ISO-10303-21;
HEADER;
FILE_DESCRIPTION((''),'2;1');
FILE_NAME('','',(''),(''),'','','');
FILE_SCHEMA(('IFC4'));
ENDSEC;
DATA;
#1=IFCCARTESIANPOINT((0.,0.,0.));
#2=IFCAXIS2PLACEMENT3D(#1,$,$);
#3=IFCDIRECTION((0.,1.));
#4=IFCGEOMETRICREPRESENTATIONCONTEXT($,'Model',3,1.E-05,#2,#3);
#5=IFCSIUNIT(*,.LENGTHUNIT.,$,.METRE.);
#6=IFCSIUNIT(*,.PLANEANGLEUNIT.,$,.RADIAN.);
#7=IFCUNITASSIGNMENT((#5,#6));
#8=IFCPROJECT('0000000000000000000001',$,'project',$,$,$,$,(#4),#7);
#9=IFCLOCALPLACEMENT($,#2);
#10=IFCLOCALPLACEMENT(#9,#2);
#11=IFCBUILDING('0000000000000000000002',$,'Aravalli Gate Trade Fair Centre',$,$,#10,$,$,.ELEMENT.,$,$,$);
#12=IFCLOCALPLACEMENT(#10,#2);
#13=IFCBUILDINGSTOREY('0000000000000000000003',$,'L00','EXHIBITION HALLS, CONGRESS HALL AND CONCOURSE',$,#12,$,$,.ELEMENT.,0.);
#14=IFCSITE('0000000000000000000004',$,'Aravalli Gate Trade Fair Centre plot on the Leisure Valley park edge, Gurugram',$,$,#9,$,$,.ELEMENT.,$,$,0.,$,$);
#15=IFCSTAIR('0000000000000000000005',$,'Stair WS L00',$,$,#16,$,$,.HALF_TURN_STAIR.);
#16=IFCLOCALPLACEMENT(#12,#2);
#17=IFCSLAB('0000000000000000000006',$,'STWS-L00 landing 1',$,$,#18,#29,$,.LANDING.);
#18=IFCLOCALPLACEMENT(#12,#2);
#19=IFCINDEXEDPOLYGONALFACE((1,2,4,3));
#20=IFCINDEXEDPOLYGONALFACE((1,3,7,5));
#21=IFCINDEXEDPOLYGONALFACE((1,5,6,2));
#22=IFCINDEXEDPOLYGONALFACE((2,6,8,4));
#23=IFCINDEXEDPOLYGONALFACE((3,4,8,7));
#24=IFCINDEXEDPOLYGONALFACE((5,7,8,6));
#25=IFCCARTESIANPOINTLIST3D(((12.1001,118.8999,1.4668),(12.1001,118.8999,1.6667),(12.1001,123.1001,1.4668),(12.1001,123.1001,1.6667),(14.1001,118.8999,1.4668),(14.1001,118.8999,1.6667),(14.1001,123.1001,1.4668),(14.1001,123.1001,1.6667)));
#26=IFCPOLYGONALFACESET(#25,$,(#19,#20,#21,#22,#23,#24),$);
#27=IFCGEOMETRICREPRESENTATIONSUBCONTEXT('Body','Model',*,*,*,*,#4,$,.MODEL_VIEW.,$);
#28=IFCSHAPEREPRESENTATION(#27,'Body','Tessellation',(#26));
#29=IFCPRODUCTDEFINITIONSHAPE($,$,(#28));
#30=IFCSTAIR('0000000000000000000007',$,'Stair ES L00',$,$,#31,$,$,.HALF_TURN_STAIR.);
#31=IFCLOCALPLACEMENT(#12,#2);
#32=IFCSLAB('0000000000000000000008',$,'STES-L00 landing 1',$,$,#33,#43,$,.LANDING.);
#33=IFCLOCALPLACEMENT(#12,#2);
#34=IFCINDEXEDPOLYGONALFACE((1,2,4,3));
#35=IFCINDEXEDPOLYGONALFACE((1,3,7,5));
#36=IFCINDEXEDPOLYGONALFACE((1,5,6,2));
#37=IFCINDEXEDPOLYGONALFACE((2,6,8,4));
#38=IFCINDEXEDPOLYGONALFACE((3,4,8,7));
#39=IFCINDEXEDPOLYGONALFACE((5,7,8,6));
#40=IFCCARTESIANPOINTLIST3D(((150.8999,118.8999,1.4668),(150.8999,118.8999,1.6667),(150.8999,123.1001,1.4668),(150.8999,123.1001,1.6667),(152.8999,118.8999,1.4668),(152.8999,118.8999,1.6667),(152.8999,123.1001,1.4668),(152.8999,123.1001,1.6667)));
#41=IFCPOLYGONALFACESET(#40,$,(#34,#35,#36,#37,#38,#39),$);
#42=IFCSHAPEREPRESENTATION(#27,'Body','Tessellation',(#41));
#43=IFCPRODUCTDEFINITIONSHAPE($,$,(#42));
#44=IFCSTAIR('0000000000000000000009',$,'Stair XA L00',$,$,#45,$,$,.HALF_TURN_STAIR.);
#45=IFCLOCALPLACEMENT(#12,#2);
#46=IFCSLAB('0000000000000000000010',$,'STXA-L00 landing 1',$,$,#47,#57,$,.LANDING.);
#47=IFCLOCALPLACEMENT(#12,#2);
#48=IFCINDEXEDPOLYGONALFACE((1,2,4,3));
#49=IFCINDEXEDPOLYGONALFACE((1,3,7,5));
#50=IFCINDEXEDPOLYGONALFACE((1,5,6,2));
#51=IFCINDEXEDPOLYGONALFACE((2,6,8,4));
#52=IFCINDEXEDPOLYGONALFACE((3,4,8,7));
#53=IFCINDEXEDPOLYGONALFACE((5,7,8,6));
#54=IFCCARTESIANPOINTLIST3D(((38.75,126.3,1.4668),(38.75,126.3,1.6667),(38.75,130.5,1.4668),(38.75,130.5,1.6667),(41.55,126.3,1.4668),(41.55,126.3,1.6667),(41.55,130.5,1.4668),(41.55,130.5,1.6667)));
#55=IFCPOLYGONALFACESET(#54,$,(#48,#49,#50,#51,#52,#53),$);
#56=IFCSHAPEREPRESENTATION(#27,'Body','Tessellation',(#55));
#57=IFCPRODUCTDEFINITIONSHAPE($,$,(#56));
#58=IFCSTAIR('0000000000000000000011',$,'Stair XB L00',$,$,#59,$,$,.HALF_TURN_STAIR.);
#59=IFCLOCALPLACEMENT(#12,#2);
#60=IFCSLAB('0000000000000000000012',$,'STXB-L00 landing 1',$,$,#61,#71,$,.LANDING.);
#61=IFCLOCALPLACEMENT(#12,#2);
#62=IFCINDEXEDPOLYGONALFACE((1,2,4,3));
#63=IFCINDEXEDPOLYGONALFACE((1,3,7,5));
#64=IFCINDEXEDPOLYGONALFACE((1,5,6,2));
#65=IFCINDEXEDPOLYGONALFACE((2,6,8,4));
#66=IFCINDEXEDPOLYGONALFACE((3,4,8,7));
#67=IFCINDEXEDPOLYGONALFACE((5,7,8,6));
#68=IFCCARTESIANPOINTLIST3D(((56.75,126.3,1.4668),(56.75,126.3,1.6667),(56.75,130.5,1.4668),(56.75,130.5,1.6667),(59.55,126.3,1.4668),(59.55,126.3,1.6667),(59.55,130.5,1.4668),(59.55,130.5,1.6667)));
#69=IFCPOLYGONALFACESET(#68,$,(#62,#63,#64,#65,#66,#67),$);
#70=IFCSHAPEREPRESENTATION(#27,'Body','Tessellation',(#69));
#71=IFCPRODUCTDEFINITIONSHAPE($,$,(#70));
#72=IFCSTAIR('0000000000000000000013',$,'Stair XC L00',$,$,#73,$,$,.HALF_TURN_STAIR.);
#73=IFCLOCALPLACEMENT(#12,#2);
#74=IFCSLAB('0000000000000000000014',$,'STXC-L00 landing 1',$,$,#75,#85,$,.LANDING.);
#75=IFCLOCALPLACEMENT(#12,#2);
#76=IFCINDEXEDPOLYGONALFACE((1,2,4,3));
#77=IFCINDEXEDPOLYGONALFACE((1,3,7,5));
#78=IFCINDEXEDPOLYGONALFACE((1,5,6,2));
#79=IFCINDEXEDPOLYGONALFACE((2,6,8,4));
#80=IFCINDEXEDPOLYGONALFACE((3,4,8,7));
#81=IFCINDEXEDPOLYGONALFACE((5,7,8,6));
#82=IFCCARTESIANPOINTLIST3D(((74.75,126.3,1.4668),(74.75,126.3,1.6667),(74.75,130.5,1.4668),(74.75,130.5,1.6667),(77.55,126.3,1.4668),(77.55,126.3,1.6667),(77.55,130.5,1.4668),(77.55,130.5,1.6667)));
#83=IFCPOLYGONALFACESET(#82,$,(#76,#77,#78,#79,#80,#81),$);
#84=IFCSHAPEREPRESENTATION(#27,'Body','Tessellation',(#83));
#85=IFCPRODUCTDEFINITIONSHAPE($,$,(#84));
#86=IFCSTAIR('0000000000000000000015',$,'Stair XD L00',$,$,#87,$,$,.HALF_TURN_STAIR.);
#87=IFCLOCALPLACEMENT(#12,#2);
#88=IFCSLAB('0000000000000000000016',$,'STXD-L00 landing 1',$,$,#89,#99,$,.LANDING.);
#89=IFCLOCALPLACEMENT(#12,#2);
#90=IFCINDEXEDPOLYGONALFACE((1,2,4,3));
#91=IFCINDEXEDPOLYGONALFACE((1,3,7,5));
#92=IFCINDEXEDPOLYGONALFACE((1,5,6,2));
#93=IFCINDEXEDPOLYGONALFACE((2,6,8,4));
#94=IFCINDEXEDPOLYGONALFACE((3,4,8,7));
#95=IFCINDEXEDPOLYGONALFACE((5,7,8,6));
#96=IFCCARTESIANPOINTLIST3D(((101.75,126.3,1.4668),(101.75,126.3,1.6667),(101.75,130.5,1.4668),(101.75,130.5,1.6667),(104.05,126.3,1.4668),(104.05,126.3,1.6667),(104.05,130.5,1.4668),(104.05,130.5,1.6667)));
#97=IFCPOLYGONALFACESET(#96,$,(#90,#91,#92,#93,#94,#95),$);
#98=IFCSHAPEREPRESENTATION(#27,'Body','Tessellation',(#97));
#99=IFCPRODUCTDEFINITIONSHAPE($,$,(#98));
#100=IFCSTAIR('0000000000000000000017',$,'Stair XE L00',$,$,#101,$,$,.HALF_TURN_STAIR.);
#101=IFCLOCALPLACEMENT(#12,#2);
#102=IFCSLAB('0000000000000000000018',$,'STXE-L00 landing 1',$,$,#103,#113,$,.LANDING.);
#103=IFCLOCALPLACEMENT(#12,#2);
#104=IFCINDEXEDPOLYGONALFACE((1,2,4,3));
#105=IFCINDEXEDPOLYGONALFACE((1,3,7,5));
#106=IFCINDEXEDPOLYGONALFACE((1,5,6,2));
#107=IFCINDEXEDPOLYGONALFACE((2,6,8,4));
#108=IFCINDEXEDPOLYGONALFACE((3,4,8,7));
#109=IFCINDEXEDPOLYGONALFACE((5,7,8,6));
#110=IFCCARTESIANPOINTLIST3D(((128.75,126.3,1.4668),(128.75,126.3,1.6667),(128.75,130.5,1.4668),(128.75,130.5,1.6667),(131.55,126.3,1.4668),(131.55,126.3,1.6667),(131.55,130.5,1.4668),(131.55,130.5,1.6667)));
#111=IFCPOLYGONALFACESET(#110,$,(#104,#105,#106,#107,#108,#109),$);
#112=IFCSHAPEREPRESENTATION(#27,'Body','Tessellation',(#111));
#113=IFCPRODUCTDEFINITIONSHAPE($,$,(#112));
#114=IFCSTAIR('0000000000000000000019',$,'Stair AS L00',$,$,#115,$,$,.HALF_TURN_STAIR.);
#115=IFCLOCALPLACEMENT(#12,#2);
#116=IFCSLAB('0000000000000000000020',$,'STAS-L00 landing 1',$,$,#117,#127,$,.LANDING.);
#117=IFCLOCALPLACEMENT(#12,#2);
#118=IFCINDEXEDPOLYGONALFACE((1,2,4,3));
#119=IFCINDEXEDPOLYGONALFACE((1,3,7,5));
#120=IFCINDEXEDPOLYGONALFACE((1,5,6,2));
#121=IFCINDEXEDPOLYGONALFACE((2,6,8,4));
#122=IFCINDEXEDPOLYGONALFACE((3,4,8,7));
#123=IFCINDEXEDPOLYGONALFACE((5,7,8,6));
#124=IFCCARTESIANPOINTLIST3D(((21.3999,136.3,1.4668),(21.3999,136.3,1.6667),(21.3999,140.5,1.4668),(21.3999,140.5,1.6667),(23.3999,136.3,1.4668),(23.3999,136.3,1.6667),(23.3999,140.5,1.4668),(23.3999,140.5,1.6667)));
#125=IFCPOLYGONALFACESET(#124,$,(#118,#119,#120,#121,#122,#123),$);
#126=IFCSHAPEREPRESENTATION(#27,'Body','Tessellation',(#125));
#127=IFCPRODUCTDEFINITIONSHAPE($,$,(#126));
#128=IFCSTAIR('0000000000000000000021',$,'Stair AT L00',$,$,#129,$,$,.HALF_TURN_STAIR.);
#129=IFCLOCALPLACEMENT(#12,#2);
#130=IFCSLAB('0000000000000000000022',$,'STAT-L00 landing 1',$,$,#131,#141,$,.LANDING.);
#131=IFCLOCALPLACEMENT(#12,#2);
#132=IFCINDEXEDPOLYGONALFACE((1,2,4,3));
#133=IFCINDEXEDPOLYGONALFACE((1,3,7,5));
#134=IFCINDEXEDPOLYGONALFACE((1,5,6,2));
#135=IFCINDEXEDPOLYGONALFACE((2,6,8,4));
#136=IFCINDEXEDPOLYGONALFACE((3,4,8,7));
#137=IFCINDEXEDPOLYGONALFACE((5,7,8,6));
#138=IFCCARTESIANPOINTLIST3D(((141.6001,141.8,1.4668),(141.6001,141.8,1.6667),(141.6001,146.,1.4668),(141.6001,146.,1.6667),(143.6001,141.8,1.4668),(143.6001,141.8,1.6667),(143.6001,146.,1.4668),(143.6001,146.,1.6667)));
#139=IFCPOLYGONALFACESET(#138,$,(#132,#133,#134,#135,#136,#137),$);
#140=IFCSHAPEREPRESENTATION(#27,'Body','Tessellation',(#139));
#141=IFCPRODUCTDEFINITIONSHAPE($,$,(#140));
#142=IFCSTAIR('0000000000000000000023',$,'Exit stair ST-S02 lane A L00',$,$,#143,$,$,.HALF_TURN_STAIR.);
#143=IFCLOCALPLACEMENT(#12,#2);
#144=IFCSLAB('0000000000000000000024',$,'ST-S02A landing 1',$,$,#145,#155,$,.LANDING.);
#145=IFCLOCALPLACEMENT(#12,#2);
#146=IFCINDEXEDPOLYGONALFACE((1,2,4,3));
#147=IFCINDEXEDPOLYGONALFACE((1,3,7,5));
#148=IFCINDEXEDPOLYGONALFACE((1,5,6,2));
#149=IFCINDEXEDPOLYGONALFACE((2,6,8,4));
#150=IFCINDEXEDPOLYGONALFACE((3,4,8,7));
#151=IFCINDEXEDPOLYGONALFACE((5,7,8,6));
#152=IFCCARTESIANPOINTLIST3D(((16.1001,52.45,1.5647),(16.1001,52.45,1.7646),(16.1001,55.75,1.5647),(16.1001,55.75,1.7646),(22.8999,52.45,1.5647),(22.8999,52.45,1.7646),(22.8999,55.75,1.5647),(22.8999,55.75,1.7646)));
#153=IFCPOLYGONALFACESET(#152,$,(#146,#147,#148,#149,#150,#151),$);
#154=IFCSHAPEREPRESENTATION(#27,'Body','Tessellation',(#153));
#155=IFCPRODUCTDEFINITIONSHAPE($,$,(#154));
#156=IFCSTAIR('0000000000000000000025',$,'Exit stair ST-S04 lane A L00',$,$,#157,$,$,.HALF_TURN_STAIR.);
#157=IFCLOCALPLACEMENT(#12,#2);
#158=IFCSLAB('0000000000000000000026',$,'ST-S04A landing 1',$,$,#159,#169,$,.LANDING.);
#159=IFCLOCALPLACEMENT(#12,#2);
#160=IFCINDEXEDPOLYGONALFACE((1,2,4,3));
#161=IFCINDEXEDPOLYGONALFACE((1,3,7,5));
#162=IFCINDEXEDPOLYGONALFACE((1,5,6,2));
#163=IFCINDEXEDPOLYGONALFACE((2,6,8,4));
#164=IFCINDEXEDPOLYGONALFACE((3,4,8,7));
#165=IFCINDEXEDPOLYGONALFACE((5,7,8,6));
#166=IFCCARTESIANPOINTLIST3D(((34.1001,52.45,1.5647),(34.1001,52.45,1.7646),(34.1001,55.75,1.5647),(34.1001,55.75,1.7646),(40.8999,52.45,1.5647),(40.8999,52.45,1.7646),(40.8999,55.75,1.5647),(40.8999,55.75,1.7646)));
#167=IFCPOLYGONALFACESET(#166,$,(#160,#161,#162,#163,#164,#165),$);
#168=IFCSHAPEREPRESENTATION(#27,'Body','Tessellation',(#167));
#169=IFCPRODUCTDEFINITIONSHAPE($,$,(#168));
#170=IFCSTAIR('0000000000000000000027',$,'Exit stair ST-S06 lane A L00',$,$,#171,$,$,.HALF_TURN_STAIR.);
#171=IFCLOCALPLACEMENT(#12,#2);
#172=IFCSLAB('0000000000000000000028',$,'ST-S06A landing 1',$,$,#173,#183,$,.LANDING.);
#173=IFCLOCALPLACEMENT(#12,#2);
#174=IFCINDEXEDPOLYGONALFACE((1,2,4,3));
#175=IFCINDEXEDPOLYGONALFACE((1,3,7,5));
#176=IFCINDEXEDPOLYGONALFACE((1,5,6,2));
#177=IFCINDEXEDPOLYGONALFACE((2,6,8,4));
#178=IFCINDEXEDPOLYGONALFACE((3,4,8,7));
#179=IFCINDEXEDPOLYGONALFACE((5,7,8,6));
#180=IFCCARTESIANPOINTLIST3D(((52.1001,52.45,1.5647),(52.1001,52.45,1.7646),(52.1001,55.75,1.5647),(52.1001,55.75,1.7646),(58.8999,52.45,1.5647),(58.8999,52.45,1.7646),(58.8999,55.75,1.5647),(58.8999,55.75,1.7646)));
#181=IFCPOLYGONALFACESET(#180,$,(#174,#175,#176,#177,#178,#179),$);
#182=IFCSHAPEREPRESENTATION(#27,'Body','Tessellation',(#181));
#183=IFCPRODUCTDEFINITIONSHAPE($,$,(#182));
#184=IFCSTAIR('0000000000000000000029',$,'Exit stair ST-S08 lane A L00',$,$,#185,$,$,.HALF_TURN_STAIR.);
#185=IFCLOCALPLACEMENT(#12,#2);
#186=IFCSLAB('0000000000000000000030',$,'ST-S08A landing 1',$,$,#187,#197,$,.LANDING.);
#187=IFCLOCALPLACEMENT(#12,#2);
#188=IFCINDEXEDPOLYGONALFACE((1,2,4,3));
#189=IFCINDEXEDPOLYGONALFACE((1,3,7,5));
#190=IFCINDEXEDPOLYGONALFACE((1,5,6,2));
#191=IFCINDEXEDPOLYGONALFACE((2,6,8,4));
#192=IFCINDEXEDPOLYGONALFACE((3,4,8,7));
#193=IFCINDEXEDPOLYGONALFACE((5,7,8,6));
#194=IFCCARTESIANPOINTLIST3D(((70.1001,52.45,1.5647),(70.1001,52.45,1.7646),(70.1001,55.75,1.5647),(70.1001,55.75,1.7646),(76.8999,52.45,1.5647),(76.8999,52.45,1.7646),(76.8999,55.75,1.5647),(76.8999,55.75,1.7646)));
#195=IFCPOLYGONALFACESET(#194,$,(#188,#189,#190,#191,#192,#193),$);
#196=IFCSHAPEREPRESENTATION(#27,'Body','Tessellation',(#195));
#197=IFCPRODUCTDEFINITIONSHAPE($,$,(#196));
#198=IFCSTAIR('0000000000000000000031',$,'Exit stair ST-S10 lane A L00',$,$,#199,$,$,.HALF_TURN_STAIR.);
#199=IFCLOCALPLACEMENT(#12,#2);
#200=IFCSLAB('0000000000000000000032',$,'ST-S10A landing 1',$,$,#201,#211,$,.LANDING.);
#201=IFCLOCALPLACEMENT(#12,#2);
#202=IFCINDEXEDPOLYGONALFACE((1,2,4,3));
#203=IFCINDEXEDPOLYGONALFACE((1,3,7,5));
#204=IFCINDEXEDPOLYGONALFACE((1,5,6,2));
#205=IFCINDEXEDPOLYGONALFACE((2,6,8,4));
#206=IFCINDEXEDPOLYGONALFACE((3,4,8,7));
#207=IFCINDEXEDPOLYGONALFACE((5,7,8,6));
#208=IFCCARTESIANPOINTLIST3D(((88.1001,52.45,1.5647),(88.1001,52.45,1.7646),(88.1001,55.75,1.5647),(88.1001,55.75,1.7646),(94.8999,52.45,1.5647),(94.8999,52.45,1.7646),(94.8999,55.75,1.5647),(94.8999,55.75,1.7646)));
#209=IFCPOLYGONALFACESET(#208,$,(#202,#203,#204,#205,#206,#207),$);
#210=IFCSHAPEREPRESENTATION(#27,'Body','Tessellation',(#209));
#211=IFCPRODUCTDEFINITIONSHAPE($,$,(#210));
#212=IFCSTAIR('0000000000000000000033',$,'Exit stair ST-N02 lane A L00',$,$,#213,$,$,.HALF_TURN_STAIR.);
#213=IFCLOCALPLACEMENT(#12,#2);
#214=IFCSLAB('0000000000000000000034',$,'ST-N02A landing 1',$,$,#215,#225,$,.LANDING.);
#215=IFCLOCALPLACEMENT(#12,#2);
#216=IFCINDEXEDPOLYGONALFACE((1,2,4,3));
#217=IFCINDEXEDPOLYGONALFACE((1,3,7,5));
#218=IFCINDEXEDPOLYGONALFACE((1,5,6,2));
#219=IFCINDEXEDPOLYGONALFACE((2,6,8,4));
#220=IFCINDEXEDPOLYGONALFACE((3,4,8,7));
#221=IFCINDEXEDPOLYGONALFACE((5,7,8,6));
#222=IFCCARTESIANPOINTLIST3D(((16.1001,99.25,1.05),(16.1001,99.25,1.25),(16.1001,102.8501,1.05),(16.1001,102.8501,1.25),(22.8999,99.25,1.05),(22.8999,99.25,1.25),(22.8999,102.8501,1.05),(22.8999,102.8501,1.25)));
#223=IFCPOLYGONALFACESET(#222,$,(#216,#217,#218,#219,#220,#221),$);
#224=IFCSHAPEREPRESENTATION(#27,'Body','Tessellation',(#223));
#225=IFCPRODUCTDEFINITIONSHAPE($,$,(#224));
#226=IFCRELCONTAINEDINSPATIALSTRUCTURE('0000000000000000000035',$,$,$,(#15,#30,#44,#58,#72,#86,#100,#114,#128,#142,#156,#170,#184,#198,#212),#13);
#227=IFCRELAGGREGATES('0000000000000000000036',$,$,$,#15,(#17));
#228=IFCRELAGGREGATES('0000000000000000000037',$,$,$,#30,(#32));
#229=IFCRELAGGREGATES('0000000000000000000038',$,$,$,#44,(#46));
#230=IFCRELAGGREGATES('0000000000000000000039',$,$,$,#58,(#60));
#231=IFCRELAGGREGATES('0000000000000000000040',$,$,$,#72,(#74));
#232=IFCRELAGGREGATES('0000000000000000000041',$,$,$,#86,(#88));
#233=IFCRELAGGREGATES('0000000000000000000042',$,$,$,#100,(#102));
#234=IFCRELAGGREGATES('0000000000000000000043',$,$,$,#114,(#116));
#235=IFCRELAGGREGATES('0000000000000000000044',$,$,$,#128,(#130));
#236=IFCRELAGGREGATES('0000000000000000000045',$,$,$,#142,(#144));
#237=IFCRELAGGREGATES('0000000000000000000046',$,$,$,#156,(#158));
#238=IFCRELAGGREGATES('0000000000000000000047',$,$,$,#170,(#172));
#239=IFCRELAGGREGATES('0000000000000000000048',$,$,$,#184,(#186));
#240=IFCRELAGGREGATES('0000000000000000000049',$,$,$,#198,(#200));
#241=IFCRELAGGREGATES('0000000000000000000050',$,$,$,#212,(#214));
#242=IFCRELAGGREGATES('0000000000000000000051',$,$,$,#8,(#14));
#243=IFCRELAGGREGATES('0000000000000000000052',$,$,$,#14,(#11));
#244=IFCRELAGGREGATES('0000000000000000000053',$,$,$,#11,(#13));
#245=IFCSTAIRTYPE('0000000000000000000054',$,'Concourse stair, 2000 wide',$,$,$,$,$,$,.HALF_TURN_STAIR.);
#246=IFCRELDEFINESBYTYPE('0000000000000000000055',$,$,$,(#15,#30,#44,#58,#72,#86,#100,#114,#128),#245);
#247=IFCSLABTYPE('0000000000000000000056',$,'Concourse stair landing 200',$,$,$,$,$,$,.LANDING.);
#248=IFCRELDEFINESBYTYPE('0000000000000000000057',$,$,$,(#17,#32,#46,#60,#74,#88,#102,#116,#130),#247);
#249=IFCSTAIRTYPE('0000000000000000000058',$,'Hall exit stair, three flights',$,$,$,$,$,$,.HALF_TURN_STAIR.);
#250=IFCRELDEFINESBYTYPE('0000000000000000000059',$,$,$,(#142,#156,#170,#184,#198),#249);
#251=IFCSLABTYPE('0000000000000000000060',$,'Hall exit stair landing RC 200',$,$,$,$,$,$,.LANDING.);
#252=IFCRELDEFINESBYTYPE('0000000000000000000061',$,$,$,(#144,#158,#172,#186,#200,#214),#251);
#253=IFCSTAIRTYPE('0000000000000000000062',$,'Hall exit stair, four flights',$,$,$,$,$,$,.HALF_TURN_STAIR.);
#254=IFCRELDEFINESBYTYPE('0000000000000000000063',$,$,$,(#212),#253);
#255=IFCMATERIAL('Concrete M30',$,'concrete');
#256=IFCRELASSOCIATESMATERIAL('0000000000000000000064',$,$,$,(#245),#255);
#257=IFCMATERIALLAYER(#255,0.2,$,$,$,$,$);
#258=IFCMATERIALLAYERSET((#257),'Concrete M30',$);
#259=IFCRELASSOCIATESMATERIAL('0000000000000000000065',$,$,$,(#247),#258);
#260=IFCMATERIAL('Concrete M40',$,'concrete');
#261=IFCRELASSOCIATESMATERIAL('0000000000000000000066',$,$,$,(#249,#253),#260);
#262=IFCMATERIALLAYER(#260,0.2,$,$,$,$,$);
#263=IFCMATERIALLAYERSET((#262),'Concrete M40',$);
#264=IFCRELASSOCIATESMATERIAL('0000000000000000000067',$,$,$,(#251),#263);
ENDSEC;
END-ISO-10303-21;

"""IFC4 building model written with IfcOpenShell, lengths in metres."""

from ifc_helpers import new_model, si_unit, direction, frame, origin, place, context, subcontext, project, spatial, polyline, outline, extrude, material, layer, layer_set, type_object, element, aggregate, save


model = new_model("IFC4")

# Units and contexts
model_context = context("Model", 3, precision=1e-05, world=origin(), true_north=direction((0.0, 1.0)))
body_context = subcontext(model_context, "Body", "Model", "MODEL_VIEW")
ifc_project = project(units=[si_unit("LENGTHUNIT", "METRE"), si_unit("PLANEANGLEUNIT", "RADIAN")], contexts=[model_context])

# Site, building, storey
site_placement = place(None, origin())
site = spatial("IfcSite", under=ifc_project, at=site_placement, Name="Aravalli Gate Trade Fair Centre plot on the Leisure Valley park edge, Gurugram", CompositionType="ELEMENT", RefElevation=0.0)
building_placement = place(site_placement, origin())
building = spatial("IfcBuilding", under=site, at=building_placement, Name="Aravalli Gate Trade Fair Centre", CompositionType="ELEMENT")
storey_placement = place(building_placement, origin())
storey = spatial("IfcBuildingStorey", under=building, at=storey_placement, Name="L00", Description="EXHIBITION HALLS, CONGRESS HALL AND CONCOURSE", CompositionType="ELEMENT", Elevation=0.0)

# Stairs, slabs
ifc_material_1 = material(Name="Concrete M30", Category="concrete")
stair_type_1 = type_object("IfcStairType", Name="Concourse stair, 2000 wide", PredefinedType="HALF_TURN_STAIR", material=ifc_material_1)
stair_1_placement = place(storey_placement, origin())
stair_1 = element("IfcStair", 1, at=stair_1_placement, inside=storey, type_object=stair_type_1, Name="Stair WS L00", PredefinedType="HALF_TURN_STAIR")
ifc_layer_1 = layer(ifc_material_1, 0.2)
ifc_layer_set_1 = layer_set([ifc_layer_1], Name="Concrete M30")
slab_type_1 = type_object("IfcSlabType", Name="Concourse stair landing 200", PredefinedType="LANDING", material=ifc_layer_set_1)
slab_1_placement = place(storey_placement, frame((0.0, 0.0, 1.4668)))
slab_1 = element("IfcSlab", 2, at=slab_1_placement, type_object=slab_type_1, Name="STWS-L00 landing 1", PredefinedType="LANDING", context=body_context, shape_type="SweptSolid", body=[
    extrude(outline(polyline([(12.1001, 118.8999), (14.1001, 118.8999), (14.1001, 123.1001), (12.1001, 123.1001), (12.1001, 118.8999)])), origin(), (0.0, 0.0, 1.0), 0.2),
])
aggregate(stair_1, [slab_1])
stair_2_placement = place(storey_placement, origin())
stair_2 = element("IfcStair", 3, at=stair_2_placement, inside=storey, type_object=stair_type_1, Name="Stair ES L00", PredefinedType="HALF_TURN_STAIR")
slab_2_placement = place(storey_placement, frame((0.0, 0.0, 1.4668)))
slab_2 = element("IfcSlab", 4, at=slab_2_placement, type_object=slab_type_1, Name="STES-L00 landing 1", PredefinedType="LANDING", context=body_context, shape_type="SweptSolid", body=[
    extrude(outline(polyline([(150.8999, 118.8999), (152.8999, 118.8999), (152.8999, 123.1001), (150.8999, 123.1001), (150.8999, 118.8999)])), origin(), (0.0, 0.0, 1.0), 0.2),
])
aggregate(stair_2, [slab_2])
stair_3_placement = place(storey_placement, origin())
stair_3 = element("IfcStair", 5, at=stair_3_placement, inside=storey, type_object=stair_type_1, Name="Stair XA L00", PredefinedType="HALF_TURN_STAIR")
slab_3_placement = place(storey_placement, frame((0.0, 0.0, 1.4668)))
slab_3 = element("IfcSlab", 6, at=slab_3_placement, type_object=slab_type_1, Name="STXA-L00 landing 1", PredefinedType="LANDING", context=body_context, shape_type="SweptSolid", body=[
    extrude(outline(polyline([(38.75, 126.3), (41.55, 126.3), (41.55, 130.5), (38.75, 130.5), (38.75, 126.3)])), origin(), (0.0, 0.0, 1.0), 0.2),
])
aggregate(stair_3, [slab_3])
stair_4_placement = place(storey_placement, origin())
stair_4 = element("IfcStair", 7, at=stair_4_placement, inside=storey, type_object=stair_type_1, Name="Stair XB L00", PredefinedType="HALF_TURN_STAIR")
slab_4_placement = place(storey_placement, frame((0.0, 0.0, 1.4668)))
slab_4 = element("IfcSlab", 8, at=slab_4_placement, type_object=slab_type_1, Name="STXB-L00 landing 1", PredefinedType="LANDING", context=body_context, shape_type="SweptSolid", body=[
    extrude(outline(polyline([(56.75, 126.3), (59.55, 126.3), (59.55, 130.5), (56.75, 130.5), (56.75, 126.3)])), origin(), (0.0, 0.0, 1.0), 0.2),
])
aggregate(stair_4, [slab_4])
stair_5_placement = place(storey_placement, origin())
stair_5 = element("IfcStair", 9, at=stair_5_placement, inside=storey, type_object=stair_type_1, Name="Stair XC L00", PredefinedType="HALF_TURN_STAIR")
slab_5_placement = place(storey_placement, frame((0.0, 0.0, 1.4668)))
slab_5 = element("IfcSlab", 10, at=slab_5_placement, type_object=slab_type_1, Name="STXC-L00 landing 1", PredefinedType="LANDING", context=body_context, shape_type="SweptSolid", body=[
    extrude(outline(polyline([(74.75, 126.3), (77.55, 126.3), (77.55, 130.5), (74.75, 130.5), (74.75, 126.3)])), origin(), (0.0, 0.0, 1.0), 0.2),
])
aggregate(stair_5, [slab_5])
stair_6_placement = place(storey_placement, origin())
stair_6 = element("IfcStair", 11, at=stair_6_placement, inside=storey, type_object=stair_type_1, Name="Stair XD L00", PredefinedType="HALF_TURN_STAIR")
slab_6_placement = place(storey_placement, frame((0.0, 0.0, 1.4668)))
slab_6 = element("IfcSlab", 12, at=slab_6_placement, type_object=slab_type_1, Name="STXD-L00 landing 1", PredefinedType="LANDING", context=body_context, shape_type="SweptSolid", body=[
    extrude(outline(polyline([(101.75, 126.3), (104.05, 126.3), (104.05, 130.5), (101.75, 130.5), (101.75, 126.3)])), origin(), (0.0, 0.0, 1.0), 0.2),
])
aggregate(stair_6, [slab_6])
stair_7_placement = place(storey_placement, origin())
stair_7 = element("IfcStair", 13, at=stair_7_placement, inside=storey, type_object=stair_type_1, Name="Stair XE L00", PredefinedType="HALF_TURN_STAIR")
slab_7_placement = place(storey_placement, frame((0.0, 0.0, 1.4668)))
slab_7 = element("IfcSlab", 14, at=slab_7_placement, type_object=slab_type_1, Name="STXE-L00 landing 1", PredefinedType="LANDING", context=body_context, shape_type="SweptSolid", body=[
    extrude(outline(polyline([(128.75, 126.3), (131.55, 126.3), (131.55, 130.5), (128.75, 130.5), (128.75, 126.3)])), origin(), (0.0, 0.0, 1.0), 0.2),
])
aggregate(stair_7, [slab_7])
stair_8_placement = place(storey_placement, origin())
stair_8 = element("IfcStair", 15, at=stair_8_placement, inside=storey, type_object=stair_type_1, Name="Stair AS L00", PredefinedType="HALF_TURN_STAIR")
slab_8_placement = place(storey_placement, frame((0.0, 0.0, 1.4668)))
slab_8 = element("IfcSlab", 16, at=slab_8_placement, type_object=slab_type_1, Name="STAS-L00 landing 1", PredefinedType="LANDING", context=body_context, shape_type="SweptSolid", body=[
    extrude(outline(polyline([(21.3999, 136.3), (23.3999, 136.3), (23.3999, 140.5), (21.3999, 140.5), (21.3999, 136.3)])), origin(), (0.0, 0.0, 1.0), 0.2),
])
aggregate(stair_8, [slab_8])
stair_9_placement = place(storey_placement, origin())
stair_9 = element("IfcStair", 17, at=stair_9_placement, inside=storey, type_object=stair_type_1, Name="Stair AT L00", PredefinedType="HALF_TURN_STAIR")
slab_9_placement = place(storey_placement, frame((0.0, 0.0, 1.4668)))
slab_9 = element("IfcSlab", 18, at=slab_9_placement, type_object=slab_type_1, Name="STAT-L00 landing 1", PredefinedType="LANDING", context=body_context, shape_type="SweptSolid", body=[
    extrude(outline(polyline([(141.6001, 141.8), (143.6001, 141.8), (143.6001, 146.0), (141.6001, 146.0), (141.6001, 141.8)])), origin(), (0.0, 0.0, 1.0), 0.2),
])
aggregate(stair_9, [slab_9])
ifc_material_2 = material(Name="Concrete M40", Category="concrete")
stair_type_2 = type_object("IfcStairType", Name="Hall exit stair, three flights", PredefinedType="HALF_TURN_STAIR", material=ifc_material_2)
stair_10_placement = place(storey_placement, origin())
stair_10 = element("IfcStair", 19, at=stair_10_placement, inside=storey, type_object=stair_type_2, Name="Exit stair ST-S02 lane A L00", PredefinedType="HALF_TURN_STAIR")
ifc_layer_2 = layer(ifc_material_2, 0.2)
ifc_layer_set_2 = layer_set([ifc_layer_2], Name="Concrete M40")
slab_type_2 = type_object("IfcSlabType", Name="Hall exit stair landing RC 200", PredefinedType="LANDING", material=ifc_layer_set_2)
slab_10_placement = place(storey_placement, frame((0.0, 0.0, 1.5647)))
slab_10 = element("IfcSlab", 20, at=slab_10_placement, type_object=slab_type_2, Name="ST-S02A landing 1", PredefinedType="LANDING", context=body_context, shape_type="SweptSolid", body=[
    extrude(outline(polyline([(16.1001, 52.45), (22.8999, 52.45), (22.8999, 55.75), (16.1001, 55.75), (16.1001, 52.45)])), origin(), (0.0, 0.0, 1.0), 0.2),
])
aggregate(stair_10, [slab_10])
stair_11_placement = place(storey_placement, origin())
stair_11 = element("IfcStair", 21, at=stair_11_placement, inside=storey, type_object=stair_type_2, Name="Exit stair ST-S04 lane A L00", PredefinedType="HALF_TURN_STAIR")
slab_11_placement = place(storey_placement, frame((0.0, 0.0, 1.5647)))
slab_11 = element("IfcSlab", 22, at=slab_11_placement, type_object=slab_type_2, Name="ST-S04A landing 1", PredefinedType="LANDING", context=body_context, shape_type="SweptSolid", body=[
    extrude(outline(polyline([(34.1001, 52.45), (40.8999, 52.45), (40.8999, 55.75), (34.1001, 55.75), (34.1001, 52.45)])), origin(), (0.0, 0.0, 1.0), 0.2),
])
aggregate(stair_11, [slab_11])
stair_12_placement = place(storey_placement, origin())
stair_12 = element("IfcStair", 23, at=stair_12_placement, inside=storey, type_object=stair_type_2, Name="Exit stair ST-S06 lane A L00", PredefinedType="HALF_TURN_STAIR")
slab_12_placement = place(storey_placement, frame((0.0, 0.0, 1.5647)))
slab_12 = element("IfcSlab", 24, at=slab_12_placement, type_object=slab_type_2, Name="ST-S06A landing 1", PredefinedType="LANDING", context=body_context, shape_type="SweptSolid", body=[
    extrude(outline(polyline([(52.1001, 52.45), (58.8999, 52.45), (58.8999, 55.75), (52.1001, 55.75), (52.1001, 52.45)])), origin(), (0.0, 0.0, 1.0), 0.2),
])
aggregate(stair_12, [slab_12])
stair_13_placement = place(storey_placement, origin())
stair_13 = element("IfcStair", 25, at=stair_13_placement, inside=storey, type_object=stair_type_2, Name="Exit stair ST-S08 lane A L00", PredefinedType="HALF_TURN_STAIR")
slab_13_placement = place(storey_placement, frame((0.0, 0.0, 1.5647)))
slab_13 = element("IfcSlab", 26, at=slab_13_placement, type_object=slab_type_2, Name="ST-S08A landing 1", PredefinedType="LANDING", context=body_context, shape_type="SweptSolid", body=[
    extrude(outline(polyline([(70.1001, 52.45), (76.8999, 52.45), (76.8999, 55.75), (70.1001, 55.75), (70.1001, 52.45)])), origin(), (0.0, 0.0, 1.0), 0.2),
])
aggregate(stair_13, [slab_13])
stair_14_placement = place(storey_placement, origin())
stair_14 = element("IfcStair", 27, at=stair_14_placement, inside=storey, type_object=stair_type_2, Name="Exit stair ST-S10 lane A L00", PredefinedType="HALF_TURN_STAIR")
slab_14_placement = place(storey_placement, frame((0.0, 0.0, 1.5647)))
slab_14 = element("IfcSlab", 28, at=slab_14_placement, type_object=slab_type_2, Name="ST-S10A landing 1", PredefinedType="LANDING", context=body_context, shape_type="SweptSolid", body=[
    extrude(outline(polyline([(88.1001, 52.45), (94.8999, 52.45), (94.8999, 55.75), (88.1001, 55.75), (88.1001, 52.45)])), origin(), (0.0, 0.0, 1.0), 0.2),
])
aggregate(stair_14, [slab_14])
stair_type_3 = type_object("IfcStairType", Name="Hall exit stair, four flights", PredefinedType="HALF_TURN_STAIR", material=ifc_material_2)
stair_15_placement = place(storey_placement, origin())
stair_15 = element("IfcStair", 29, at=stair_15_placement, inside=storey, type_object=stair_type_3, Name="Exit stair ST-N02 lane A L00", PredefinedType="HALF_TURN_STAIR")
slab_15_placement = place(storey_placement, frame((0.0, 0.0, 1.05)))
slab_15 = element("IfcSlab", 30, at=slab_15_placement, type_object=slab_type_2, Name="ST-N02A landing 1", PredefinedType="LANDING", context=body_context, shape_type="SweptSolid", body=[
    extrude(outline(polyline([(16.1001, 102.8501), (22.8999, 102.8501), (22.8999, 99.25), (16.1001, 99.25), (16.1001, 102.8501)])), origin(), (0.0, 0.0, 1.0), 0.2),
])
aggregate(stair_15, [slab_15])

save(model, "model.ifc")
